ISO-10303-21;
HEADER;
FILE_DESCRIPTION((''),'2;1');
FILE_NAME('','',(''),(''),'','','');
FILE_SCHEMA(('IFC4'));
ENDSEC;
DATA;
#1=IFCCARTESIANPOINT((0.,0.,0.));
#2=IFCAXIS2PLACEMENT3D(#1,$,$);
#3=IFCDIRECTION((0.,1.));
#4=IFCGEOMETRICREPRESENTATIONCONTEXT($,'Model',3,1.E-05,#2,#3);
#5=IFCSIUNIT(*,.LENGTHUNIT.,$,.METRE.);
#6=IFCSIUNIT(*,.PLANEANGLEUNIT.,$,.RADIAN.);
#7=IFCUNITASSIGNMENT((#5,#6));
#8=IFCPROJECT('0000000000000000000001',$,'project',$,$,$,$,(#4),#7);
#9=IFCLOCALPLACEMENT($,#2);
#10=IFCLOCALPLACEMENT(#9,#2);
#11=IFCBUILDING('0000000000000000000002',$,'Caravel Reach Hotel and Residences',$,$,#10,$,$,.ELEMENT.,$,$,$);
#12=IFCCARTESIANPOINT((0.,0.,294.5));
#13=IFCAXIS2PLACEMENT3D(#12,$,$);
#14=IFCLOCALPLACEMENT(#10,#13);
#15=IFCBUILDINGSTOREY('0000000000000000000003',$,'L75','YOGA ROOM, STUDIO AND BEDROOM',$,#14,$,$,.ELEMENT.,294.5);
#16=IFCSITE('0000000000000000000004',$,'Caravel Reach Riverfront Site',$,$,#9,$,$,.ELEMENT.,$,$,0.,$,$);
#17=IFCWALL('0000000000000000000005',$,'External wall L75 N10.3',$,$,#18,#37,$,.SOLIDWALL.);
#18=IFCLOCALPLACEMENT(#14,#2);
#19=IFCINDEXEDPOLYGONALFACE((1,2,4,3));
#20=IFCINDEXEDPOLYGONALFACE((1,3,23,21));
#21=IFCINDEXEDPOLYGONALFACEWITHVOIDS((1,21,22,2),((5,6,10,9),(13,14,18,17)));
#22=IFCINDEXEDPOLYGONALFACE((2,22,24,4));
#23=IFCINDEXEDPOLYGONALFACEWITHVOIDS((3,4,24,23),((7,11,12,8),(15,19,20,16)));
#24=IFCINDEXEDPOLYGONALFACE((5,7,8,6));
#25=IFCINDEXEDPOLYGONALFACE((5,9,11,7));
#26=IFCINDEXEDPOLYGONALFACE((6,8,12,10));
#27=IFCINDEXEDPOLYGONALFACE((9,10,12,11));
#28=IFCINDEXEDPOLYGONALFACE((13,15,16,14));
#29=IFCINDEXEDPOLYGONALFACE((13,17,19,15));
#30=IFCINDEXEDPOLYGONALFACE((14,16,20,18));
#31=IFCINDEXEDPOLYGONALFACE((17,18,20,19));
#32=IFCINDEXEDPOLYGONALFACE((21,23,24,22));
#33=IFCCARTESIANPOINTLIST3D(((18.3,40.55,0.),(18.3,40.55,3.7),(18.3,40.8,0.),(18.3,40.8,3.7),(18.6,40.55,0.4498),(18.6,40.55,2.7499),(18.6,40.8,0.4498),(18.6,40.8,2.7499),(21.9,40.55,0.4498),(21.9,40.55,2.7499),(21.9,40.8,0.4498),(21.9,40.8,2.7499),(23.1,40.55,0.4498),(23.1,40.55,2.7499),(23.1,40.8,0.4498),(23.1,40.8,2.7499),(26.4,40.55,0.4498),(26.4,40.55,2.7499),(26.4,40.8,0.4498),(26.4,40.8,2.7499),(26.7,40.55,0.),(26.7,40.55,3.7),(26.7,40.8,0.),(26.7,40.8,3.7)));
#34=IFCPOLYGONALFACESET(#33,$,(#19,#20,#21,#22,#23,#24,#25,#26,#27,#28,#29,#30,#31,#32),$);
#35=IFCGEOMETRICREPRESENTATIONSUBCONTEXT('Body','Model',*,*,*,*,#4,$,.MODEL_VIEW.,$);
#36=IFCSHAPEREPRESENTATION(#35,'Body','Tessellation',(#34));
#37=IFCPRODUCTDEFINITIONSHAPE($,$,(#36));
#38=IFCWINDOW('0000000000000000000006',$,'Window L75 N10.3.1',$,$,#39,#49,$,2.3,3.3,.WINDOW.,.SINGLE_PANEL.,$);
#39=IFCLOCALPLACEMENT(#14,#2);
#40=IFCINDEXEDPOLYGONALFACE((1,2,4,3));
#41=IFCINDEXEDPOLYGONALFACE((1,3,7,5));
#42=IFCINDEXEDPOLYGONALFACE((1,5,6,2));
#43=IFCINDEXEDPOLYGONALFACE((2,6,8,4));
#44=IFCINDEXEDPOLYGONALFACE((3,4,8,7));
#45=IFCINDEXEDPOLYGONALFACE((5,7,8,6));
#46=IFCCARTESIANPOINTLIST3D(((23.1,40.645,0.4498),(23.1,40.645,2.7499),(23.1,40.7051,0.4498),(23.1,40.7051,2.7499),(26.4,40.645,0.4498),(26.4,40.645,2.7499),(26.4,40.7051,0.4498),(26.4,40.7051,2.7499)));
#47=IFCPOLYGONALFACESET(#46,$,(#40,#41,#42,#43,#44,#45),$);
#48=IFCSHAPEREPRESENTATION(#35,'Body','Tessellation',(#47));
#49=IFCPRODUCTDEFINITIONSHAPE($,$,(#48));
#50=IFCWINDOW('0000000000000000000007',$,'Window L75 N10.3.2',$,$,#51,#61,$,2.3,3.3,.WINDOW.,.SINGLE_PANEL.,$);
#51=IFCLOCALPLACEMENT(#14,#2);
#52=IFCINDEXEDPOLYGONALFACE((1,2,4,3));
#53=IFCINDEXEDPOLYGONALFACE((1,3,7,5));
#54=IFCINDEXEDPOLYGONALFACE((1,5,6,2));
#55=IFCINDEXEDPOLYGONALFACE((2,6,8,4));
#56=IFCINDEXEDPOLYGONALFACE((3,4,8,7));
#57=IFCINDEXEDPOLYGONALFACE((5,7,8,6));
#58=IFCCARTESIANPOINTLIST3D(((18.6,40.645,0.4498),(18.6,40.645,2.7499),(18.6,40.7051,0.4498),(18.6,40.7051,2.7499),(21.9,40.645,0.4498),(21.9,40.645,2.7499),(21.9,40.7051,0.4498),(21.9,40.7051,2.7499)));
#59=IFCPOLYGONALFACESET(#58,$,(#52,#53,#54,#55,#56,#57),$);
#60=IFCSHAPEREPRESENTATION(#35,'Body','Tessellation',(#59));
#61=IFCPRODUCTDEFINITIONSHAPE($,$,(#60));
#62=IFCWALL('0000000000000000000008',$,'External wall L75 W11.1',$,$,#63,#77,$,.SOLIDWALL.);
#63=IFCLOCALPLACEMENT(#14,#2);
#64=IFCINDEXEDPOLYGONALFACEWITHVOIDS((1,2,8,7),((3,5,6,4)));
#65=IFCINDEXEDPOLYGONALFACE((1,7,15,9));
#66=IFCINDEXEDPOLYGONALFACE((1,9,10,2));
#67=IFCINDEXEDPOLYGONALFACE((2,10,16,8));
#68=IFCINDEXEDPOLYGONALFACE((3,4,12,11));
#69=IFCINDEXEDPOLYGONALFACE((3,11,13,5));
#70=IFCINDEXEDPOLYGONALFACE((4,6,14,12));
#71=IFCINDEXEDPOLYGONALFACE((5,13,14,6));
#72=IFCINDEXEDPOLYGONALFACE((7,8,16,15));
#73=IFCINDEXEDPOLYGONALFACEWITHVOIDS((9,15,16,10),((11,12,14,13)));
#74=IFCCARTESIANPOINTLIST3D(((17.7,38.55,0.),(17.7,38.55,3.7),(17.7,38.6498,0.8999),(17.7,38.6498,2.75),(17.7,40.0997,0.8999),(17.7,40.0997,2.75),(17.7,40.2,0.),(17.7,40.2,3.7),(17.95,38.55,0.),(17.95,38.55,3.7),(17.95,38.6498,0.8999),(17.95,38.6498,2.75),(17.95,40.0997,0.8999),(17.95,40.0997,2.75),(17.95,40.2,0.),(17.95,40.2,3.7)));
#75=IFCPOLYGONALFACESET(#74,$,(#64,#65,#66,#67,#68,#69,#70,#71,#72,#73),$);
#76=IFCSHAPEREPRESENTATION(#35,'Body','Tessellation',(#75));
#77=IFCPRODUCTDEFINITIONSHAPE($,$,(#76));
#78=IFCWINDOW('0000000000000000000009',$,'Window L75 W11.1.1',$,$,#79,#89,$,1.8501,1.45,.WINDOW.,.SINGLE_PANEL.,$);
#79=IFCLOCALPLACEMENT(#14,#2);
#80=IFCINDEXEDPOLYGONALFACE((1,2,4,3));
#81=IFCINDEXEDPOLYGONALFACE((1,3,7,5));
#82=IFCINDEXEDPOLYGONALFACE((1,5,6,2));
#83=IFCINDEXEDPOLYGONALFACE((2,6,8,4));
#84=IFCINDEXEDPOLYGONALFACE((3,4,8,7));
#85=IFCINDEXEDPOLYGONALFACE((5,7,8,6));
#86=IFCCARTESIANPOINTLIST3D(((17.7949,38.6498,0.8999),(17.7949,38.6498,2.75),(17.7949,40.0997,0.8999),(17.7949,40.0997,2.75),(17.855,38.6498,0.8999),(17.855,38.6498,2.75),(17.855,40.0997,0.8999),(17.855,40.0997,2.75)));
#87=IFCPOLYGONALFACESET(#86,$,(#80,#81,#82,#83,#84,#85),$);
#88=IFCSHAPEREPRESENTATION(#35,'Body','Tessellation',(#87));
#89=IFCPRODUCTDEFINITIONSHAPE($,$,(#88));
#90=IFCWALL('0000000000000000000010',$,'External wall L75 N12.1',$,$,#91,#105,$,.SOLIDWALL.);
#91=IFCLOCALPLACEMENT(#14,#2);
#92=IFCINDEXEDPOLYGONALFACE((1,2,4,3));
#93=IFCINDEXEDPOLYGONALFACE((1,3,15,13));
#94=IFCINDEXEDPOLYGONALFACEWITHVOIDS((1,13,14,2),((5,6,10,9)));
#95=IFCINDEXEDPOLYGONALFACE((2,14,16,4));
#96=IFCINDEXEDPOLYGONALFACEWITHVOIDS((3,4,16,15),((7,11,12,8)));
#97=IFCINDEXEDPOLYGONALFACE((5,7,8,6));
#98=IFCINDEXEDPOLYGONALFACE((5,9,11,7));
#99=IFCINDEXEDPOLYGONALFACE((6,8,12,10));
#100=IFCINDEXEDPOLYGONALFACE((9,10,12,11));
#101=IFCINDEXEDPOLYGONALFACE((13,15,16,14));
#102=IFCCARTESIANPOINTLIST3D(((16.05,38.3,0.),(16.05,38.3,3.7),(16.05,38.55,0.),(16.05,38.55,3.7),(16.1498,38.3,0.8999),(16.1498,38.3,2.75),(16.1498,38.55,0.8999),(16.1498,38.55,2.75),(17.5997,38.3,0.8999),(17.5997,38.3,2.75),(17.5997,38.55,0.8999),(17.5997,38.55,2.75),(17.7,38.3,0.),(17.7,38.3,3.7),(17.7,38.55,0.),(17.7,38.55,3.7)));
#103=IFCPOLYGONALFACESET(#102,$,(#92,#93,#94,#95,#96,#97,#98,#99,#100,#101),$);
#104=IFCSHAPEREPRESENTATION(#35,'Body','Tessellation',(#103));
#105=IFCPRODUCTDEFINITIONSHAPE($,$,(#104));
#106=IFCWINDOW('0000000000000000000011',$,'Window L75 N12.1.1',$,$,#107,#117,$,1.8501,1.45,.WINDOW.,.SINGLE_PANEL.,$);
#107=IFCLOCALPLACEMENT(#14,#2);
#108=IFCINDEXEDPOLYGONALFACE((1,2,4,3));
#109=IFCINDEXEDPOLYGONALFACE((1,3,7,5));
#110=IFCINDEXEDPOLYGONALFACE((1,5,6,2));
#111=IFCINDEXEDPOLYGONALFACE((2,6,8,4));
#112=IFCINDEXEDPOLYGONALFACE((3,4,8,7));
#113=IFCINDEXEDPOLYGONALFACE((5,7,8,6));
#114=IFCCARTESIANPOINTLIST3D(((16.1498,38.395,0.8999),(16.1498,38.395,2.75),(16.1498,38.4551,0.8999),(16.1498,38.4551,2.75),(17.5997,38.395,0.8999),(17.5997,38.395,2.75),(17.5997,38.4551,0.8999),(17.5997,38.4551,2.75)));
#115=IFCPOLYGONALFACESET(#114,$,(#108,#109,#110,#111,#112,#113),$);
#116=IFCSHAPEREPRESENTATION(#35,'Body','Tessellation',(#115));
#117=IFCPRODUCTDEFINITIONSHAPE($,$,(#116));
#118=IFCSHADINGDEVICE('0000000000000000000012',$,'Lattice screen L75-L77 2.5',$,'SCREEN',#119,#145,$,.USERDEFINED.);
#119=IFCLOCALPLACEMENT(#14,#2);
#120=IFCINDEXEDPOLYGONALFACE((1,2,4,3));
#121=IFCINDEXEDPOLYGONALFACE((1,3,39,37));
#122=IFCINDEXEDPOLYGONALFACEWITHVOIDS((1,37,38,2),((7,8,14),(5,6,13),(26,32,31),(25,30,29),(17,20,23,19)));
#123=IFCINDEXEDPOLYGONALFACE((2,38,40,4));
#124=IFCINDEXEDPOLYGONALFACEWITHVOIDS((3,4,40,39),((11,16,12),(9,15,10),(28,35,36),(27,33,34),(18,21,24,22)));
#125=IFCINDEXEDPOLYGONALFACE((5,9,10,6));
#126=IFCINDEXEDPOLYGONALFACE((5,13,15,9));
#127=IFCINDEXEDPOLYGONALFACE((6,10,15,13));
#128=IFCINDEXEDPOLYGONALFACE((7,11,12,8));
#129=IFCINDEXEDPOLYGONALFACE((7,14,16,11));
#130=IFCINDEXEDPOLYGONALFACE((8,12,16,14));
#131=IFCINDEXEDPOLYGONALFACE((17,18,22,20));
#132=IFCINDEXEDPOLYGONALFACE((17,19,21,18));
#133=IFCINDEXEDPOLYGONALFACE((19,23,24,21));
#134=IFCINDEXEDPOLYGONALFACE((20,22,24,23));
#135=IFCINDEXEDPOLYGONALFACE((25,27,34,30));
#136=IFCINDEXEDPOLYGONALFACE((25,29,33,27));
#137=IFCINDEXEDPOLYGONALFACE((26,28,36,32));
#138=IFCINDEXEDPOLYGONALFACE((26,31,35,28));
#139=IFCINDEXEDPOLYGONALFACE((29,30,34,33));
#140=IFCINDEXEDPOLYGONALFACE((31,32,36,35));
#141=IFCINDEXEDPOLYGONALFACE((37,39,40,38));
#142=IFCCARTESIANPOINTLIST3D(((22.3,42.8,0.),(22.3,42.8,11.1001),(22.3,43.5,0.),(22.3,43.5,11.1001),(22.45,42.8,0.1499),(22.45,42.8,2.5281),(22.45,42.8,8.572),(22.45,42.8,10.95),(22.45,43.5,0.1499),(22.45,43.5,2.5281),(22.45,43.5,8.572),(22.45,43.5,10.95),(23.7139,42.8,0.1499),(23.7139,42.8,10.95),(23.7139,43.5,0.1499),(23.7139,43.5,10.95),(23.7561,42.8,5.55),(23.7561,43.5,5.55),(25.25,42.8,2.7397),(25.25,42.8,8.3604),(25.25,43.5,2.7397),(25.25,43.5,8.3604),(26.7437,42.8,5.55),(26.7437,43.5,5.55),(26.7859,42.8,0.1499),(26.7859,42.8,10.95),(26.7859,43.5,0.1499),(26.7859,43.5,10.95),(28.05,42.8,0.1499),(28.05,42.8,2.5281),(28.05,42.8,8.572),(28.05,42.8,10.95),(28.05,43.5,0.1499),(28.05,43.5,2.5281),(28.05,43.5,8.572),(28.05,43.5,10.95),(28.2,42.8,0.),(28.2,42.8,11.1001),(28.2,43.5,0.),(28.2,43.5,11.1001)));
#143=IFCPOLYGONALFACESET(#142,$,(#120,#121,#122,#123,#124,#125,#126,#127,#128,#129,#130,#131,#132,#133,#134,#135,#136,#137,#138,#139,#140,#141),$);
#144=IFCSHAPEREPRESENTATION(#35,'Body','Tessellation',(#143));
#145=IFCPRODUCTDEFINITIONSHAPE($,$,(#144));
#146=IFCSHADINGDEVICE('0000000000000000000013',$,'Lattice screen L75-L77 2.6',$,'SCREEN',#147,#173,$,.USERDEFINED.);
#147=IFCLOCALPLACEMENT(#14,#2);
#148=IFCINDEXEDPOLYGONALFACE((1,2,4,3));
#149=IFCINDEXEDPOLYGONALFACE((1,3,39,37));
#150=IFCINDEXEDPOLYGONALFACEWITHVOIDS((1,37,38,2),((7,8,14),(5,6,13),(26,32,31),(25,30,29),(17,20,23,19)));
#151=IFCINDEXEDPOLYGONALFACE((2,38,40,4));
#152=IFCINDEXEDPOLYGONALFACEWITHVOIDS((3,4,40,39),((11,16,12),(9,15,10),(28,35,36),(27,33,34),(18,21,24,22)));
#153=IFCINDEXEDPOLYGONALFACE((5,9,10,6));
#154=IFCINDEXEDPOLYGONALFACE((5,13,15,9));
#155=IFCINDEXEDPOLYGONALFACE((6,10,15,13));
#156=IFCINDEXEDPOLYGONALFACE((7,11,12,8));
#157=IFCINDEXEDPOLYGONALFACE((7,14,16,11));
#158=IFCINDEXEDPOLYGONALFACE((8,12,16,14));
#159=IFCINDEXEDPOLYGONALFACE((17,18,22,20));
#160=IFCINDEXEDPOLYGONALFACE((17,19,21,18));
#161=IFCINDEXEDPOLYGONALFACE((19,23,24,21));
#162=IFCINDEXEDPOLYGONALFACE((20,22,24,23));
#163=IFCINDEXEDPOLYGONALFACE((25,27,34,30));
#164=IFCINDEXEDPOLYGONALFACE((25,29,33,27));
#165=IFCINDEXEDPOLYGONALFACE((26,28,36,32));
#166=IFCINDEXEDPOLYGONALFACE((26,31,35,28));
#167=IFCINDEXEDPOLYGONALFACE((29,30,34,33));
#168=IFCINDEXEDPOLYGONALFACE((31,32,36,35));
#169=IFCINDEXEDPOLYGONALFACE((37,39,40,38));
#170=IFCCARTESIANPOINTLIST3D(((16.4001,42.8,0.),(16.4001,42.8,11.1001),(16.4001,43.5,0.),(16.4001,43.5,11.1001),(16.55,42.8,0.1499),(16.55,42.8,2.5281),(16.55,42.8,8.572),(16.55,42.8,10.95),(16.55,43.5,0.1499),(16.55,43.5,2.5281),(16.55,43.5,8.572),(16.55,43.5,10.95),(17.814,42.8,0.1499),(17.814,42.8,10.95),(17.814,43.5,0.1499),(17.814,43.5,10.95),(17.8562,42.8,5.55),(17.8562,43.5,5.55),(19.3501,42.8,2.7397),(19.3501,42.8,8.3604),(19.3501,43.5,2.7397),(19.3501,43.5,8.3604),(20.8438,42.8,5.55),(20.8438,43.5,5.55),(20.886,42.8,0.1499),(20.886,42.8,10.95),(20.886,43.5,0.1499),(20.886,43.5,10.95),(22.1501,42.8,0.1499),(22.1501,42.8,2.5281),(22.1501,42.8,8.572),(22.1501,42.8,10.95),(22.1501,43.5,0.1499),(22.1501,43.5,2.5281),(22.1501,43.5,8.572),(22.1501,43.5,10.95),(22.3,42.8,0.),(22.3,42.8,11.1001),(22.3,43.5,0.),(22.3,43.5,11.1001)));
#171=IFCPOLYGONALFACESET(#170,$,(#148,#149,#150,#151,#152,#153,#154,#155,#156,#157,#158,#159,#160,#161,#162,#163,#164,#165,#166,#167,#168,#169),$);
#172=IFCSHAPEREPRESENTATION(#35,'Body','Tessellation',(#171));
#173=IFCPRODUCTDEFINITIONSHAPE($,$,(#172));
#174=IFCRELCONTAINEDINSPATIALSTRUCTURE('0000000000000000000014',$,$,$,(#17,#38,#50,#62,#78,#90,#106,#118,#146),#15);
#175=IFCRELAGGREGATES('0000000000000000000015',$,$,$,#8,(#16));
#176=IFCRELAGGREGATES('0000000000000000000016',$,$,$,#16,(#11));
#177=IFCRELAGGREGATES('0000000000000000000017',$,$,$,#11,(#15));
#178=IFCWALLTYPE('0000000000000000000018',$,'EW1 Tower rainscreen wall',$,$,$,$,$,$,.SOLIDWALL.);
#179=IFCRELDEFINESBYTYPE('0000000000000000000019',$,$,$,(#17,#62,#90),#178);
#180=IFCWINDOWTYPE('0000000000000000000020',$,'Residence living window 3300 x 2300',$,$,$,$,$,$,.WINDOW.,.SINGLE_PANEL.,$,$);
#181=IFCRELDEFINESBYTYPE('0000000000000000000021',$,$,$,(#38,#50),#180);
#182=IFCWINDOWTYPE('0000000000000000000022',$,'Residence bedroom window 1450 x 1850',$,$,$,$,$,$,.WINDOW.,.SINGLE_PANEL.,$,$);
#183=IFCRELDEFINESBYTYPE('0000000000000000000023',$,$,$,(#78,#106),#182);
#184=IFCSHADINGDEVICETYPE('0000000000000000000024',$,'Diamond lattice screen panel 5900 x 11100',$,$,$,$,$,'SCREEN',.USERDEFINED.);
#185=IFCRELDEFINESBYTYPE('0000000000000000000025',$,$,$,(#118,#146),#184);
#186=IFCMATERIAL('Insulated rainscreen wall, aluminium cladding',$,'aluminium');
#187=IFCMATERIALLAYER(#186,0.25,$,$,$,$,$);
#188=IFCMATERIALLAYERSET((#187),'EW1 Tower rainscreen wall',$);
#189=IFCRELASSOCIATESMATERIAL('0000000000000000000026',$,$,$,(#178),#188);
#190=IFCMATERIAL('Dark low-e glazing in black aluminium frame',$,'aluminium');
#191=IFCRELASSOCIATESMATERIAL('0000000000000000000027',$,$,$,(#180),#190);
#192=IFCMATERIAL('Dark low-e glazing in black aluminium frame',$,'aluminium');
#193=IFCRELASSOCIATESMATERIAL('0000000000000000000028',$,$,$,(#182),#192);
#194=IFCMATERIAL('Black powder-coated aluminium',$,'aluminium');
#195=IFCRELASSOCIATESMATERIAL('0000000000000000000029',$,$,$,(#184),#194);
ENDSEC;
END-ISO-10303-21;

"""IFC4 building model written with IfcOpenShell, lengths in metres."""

from ifc_helpers import new_model, si_unit, direction, frame, frame_2d, origin, place, context, subcontext, project, spatial, polyline, rectangle, outline, extrude, material, layer, layer_set, type_object, element, fill, save


model = new_model("IFC4")

# Units and contexts
model_context = context("Model", 3, precision=1e-05, world=origin(), true_north=direction((0.0, 1.0)))
body_context = subcontext(model_context, "Body", "Model", "MODEL_VIEW")
ifc_project = project(units=[si_unit("LENGTHUNIT", "METRE"), si_unit("PLANEANGLEUNIT", "RADIAN")], contexts=[model_context])

# Site, building, storey
site_placement = place(None, origin())
site = spatial("IfcSite", under=ifc_project, at=site_placement, Name="Caravel Reach Riverfront Site", CompositionType="ELEMENT", RefElevation=0.0)
building_placement = place(site_placement, origin())
building = spatial("IfcBuilding", under=site, at=building_placement, Name="Caravel Reach Hotel and Residences", CompositionType="ELEMENT")
storey_placement = place(building_placement, frame((0.0, 0.0, 294.5)))
storey = spatial("IfcBuildingStorey", under=building, at=storey_placement, Name="L75", Description="YOGA ROOM, STUDIO AND BEDROOM", CompositionType="ELEMENT", Elevation=294.5)

# Wall, openings, windows
ifc_material_1 = material(Name="Insulated rainscreen wall, aluminium cladding", Category="aluminium")
ifc_layer = layer(ifc_material_1, 0.25)
ifc_layer_set = layer_set([ifc_layer], Name="EW1 Tower rainscreen wall")
wall_type = type_object("IfcWallType", Name="EW1 Tower rainscreen wall", PredefinedType="SOLIDWALL", material=ifc_layer_set)
wall_1_placement = place(storey_placement, frame((26.7, 40.675, 0.0), z_axis=(0.0, 0.0, 1.0), x_axis=(-1.0, 0.0, 0.0)))
wall_1 = element("IfcWall", 1, at=wall_1_placement, inside=storey, type_object=wall_type, Name="External wall L75 N10.3", PredefinedType="SOLIDWALL", context=body_context, shape_type="SweptSolid", body=[
    extrude(rectangle(XDim=8.3999, YDim=0.25, at=frame_2d((4.2, 0.0))), origin(), (0.0, 0.0, 1.0), 3.7),
])
opening_1_placement = place(wall_1_placement, frame((0.3, 0.0, 0.45)))
opening_1 = element("IfcOpeningElement", 2, at=opening_1_placement, cuts=wall_1, PredefinedType="OPENING", context=body_context, shape_type="SweptSolid", body=[
    extrude(rectangle(XDim=3.3, YDim=2.3, at=frame_2d((1.6499, 1.1499))), frame((0.0, 0.135, 0.0), z_axis=(0.0, -1.0, 0.0), x_axis=(1.0, 0.0, 0.0)), (0.0, 0.0, 1.0), 0.27),
])
opening_2_placement = place(wall_1_placement, frame((4.8, 0.0, 0.45)))
opening_2 = element("IfcOpeningElement", 3, at=opening_2_placement, cuts=wall_1, PredefinedType="OPENING", context=body_context, shape_type="SweptSolid", body=[
    extrude(rectangle(XDim=3.3, YDim=2.3, at=frame_2d((1.6499, 1.1499))), frame((0.0, 0.135, 0.0), z_axis=(0.0, -1.0, 0.0), x_axis=(1.0, 0.0, 0.0)), (0.0, 0.0, 1.0), 0.27),
])
ifc_material_2 = material(Name="Dark low-e glazing in black aluminium frame", Category="aluminium")
window_type_1 = type_object("IfcWindowType", Name="Residence living window 3300 x 2300", PartitioningType="SINGLE_PANEL", PredefinedType="WINDOW", material=ifc_material_2)
window_1_placement = place(opening_1_placement, origin())
window_1 = element("IfcWindow", 4, at=window_1_placement, inside=storey, type_object=window_type_1, Name="Window L75 N10.3.1", OverallHeight=2.3, OverallWidth=3.3, PartitioningType="SINGLE_PANEL", PredefinedType="WINDOW", context=body_context, shape_type="SweptSolid", body=[
    extrude(rectangle(XDim=3.3, YDim=2.3, at=frame_2d((1.6499, 1.1499))), frame((0.0, 0.03, 0.0), z_axis=(0.0, -1.0, 0.0), x_axis=(1.0, 0.0, 0.0)), (0.0, 0.0, 1.0), 0.0601),
])
fill(opening_1, window_1)
window_2_placement = place(opening_2_placement, origin())
window_2 = element("IfcWindow", 5, at=window_2_placement, inside=storey, type_object=window_type_1, Name="Window L75 N10.3.2", OverallHeight=2.3, OverallWidth=3.3, PartitioningType="SINGLE_PANEL", PredefinedType="WINDOW", context=body_context, shape_type="SweptSolid", body=[
    extrude(rectangle(XDim=3.3, YDim=2.3, at=frame_2d((1.6499, 1.1499))), frame((0.0, 0.03, 0.0), z_axis=(0.0, -1.0, 0.0), x_axis=(1.0, 0.0, 0.0)), (0.0, 0.0, 1.0), 0.0601),
])
fill(opening_2, window_2)

# Walls, openings, windows
wall_2_placement = place(storey_placement, frame((17.825, 40.2, 0.0), z_axis=(0.0, 0.0, 1.0), x_axis=(0.0, -1.0, 0.0)))
wall_2 = element("IfcWall", 6, at=wall_2_placement, inside=storey, type_object=wall_type, Name="External wall L75 W11.1", PredefinedType="SOLIDWALL", context=body_context, shape_type="SweptSolid", body=[
    extrude(rectangle(XDim=1.6499, YDim=0.25, at=frame_2d((0.825, 0.0))), origin(), (0.0, 0.0, 1.0), 3.7),
])
opening_3_placement = place(wall_2_placement, frame((0.1001, 0.0, 0.8999)))
opening_3 = element("IfcOpeningElement", 7, at=opening_3_placement, cuts=wall_2, PredefinedType="OPENING", context=body_context, shape_type="SweptSolid", body=[
    extrude(rectangle(XDim=1.45, YDim=1.8501, at=frame_2d((0.7251, 0.925))), frame((0.0, 0.135, 0.0), z_axis=(0.0, -1.0, 0.0), x_axis=(1.0, 0.0, 0.0)), (0.0, 0.0, 1.0), 0.27),
])
ifc_material_3 = material(Name="Dark low-e glazing in black aluminium frame", Category="aluminium")
window_type_2 = type_object("IfcWindowType", Name="Residence bedroom window 1450 x 1850", PartitioningType="SINGLE_PANEL", PredefinedType="WINDOW", material=ifc_material_3)
window_3_placement = place(opening_3_placement, origin())
window_3 = element("IfcWindow", 8, at=window_3_placement, inside=storey, type_object=window_type_2, Name="Window L75 W11.1.1", OverallHeight=1.8501, OverallWidth=1.45, PartitioningType="SINGLE_PANEL", PredefinedType="WINDOW", context=body_context, shape_type="SweptSolid", body=[
    extrude(rectangle(XDim=1.45, YDim=1.8501, at=frame_2d((0.7251, 0.925))), frame((0.0, 0.03, 0.0), z_axis=(0.0, -1.0, 0.0), x_axis=(1.0, 0.0, 0.0)), (0.0, 0.0, 1.0), 0.0601),
])
fill(opening_3, window_3)
wall_3_placement = place(storey_placement, frame((17.7, 38.425, 0.0), z_axis=(0.0, 0.0, 1.0), x_axis=(-1.0, 0.0, 0.0)))
wall_3 = element("IfcWall", 9, at=wall_3_placement, inside=storey, type_object=wall_type, Name="External wall L75 N12.1", PredefinedType="SOLIDWALL", context=body_context, shape_type="SweptSolid", body=[
    extrude(rectangle(XDim=1.6499, YDim=0.25, at=frame_2d((0.825, 0.0))), origin(), (0.0, 0.0, 1.0), 3.7),
])
opening_4_placement = place(wall_3_placement, frame((0.1001, 0.0, 0.8999)))
opening_4 = element("IfcOpeningElement", 10, at=opening_4_placement, cuts=wall_3, PredefinedType="OPENING", context=body_context, shape_type="SweptSolid", body=[
    extrude(rectangle(XDim=1.45, YDim=1.8501, at=frame_2d((0.7251, 0.925))), frame((0.0, 0.135, 0.0), z_axis=(0.0, -1.0, 0.0), x_axis=(1.0, 0.0, 0.0)), (0.0, 0.0, 1.0), 0.27),
])
window_4_placement = place(opening_4_placement, origin())
window_4 = element("IfcWindow", 11, at=window_4_placement, inside=storey, type_object=window_type_2, Name="Window L75 N12.1.1", OverallHeight=1.8501, OverallWidth=1.45, PartitioningType="SINGLE_PANEL", PredefinedType="WINDOW", context=body_context, shape_type="SweptSolid", body=[
    extrude(rectangle(XDim=1.45, YDim=1.8501, at=frame_2d((0.7251, 0.925))), frame((0.0, 0.03, 0.0), z_axis=(0.0, -1.0, 0.0), x_axis=(1.0, 0.0, 0.0)), (0.0, 0.0, 1.0), 0.0601),
])
fill(opening_4, window_4)

# Shading devices
ifc_material_4 = material(Name="Black powder-coated aluminium", Category="aluminium")
shading_device_type = type_object("IfcShadingDeviceType", Name="Diamond lattice screen panel 5900 x 11100", ElementType="SCREEN", PredefinedType="USERDEFINED", material=ifc_material_4)
for number, where, z_axis, x_axis, name in (
    (12, (28.2, 42.8, 0.0), (0.0, 1.0, 0.0), (-1.0, 0.0, 0.0), "Lattice screen L75-L77 2.5"),
    (13, (22.3, 42.8, 0.0), (0.0, 1.0, 0.0), (-1.0, 0.0, 0.0), "Lattice screen L75-L77 2.6"),
):
    element("IfcShadingDevice", number, at=place(storey_placement, frame(where, z_axis=z_axis, x_axis=x_axis)), inside=storey, type_object=shading_device_type, Name=name, ObjectType="SCREEN", PredefinedType="USERDEFINED", context=body_context, shape_type="SweptSolid", body=[
        extrude(outline(polyline([(0.0, 0.0), (5.8999, 0.0), (5.8999, 11.1001), (0.0, 11.1001), (0.0, 0.0)]), holes=[polyline([(1.4141, 0.1499), (0.1499, 2.5281), (0.1499, 0.1499), (1.4141, 0.1499)]), polyline([(0.1499, 8.572), (1.4141, 10.95), (0.1499, 10.95), (0.1499, 8.572)]), polyline([(2.95, 8.3604), (1.4563, 5.55), (2.95, 2.7397), (4.4438, 5.55), (2.95, 8.3604)]), polyline([(5.75, 2.5281), (4.4861, 0.1499), (5.75, 0.1499), (5.75, 2.5281)]), polyline([(4.4861, 10.95), (5.75, 8.572), (5.75, 10.95), (4.4861, 10.95)])]), origin(), (0.0, 0.0, 1.0), 0.7),
    ])

save(model, "model.ifc")
